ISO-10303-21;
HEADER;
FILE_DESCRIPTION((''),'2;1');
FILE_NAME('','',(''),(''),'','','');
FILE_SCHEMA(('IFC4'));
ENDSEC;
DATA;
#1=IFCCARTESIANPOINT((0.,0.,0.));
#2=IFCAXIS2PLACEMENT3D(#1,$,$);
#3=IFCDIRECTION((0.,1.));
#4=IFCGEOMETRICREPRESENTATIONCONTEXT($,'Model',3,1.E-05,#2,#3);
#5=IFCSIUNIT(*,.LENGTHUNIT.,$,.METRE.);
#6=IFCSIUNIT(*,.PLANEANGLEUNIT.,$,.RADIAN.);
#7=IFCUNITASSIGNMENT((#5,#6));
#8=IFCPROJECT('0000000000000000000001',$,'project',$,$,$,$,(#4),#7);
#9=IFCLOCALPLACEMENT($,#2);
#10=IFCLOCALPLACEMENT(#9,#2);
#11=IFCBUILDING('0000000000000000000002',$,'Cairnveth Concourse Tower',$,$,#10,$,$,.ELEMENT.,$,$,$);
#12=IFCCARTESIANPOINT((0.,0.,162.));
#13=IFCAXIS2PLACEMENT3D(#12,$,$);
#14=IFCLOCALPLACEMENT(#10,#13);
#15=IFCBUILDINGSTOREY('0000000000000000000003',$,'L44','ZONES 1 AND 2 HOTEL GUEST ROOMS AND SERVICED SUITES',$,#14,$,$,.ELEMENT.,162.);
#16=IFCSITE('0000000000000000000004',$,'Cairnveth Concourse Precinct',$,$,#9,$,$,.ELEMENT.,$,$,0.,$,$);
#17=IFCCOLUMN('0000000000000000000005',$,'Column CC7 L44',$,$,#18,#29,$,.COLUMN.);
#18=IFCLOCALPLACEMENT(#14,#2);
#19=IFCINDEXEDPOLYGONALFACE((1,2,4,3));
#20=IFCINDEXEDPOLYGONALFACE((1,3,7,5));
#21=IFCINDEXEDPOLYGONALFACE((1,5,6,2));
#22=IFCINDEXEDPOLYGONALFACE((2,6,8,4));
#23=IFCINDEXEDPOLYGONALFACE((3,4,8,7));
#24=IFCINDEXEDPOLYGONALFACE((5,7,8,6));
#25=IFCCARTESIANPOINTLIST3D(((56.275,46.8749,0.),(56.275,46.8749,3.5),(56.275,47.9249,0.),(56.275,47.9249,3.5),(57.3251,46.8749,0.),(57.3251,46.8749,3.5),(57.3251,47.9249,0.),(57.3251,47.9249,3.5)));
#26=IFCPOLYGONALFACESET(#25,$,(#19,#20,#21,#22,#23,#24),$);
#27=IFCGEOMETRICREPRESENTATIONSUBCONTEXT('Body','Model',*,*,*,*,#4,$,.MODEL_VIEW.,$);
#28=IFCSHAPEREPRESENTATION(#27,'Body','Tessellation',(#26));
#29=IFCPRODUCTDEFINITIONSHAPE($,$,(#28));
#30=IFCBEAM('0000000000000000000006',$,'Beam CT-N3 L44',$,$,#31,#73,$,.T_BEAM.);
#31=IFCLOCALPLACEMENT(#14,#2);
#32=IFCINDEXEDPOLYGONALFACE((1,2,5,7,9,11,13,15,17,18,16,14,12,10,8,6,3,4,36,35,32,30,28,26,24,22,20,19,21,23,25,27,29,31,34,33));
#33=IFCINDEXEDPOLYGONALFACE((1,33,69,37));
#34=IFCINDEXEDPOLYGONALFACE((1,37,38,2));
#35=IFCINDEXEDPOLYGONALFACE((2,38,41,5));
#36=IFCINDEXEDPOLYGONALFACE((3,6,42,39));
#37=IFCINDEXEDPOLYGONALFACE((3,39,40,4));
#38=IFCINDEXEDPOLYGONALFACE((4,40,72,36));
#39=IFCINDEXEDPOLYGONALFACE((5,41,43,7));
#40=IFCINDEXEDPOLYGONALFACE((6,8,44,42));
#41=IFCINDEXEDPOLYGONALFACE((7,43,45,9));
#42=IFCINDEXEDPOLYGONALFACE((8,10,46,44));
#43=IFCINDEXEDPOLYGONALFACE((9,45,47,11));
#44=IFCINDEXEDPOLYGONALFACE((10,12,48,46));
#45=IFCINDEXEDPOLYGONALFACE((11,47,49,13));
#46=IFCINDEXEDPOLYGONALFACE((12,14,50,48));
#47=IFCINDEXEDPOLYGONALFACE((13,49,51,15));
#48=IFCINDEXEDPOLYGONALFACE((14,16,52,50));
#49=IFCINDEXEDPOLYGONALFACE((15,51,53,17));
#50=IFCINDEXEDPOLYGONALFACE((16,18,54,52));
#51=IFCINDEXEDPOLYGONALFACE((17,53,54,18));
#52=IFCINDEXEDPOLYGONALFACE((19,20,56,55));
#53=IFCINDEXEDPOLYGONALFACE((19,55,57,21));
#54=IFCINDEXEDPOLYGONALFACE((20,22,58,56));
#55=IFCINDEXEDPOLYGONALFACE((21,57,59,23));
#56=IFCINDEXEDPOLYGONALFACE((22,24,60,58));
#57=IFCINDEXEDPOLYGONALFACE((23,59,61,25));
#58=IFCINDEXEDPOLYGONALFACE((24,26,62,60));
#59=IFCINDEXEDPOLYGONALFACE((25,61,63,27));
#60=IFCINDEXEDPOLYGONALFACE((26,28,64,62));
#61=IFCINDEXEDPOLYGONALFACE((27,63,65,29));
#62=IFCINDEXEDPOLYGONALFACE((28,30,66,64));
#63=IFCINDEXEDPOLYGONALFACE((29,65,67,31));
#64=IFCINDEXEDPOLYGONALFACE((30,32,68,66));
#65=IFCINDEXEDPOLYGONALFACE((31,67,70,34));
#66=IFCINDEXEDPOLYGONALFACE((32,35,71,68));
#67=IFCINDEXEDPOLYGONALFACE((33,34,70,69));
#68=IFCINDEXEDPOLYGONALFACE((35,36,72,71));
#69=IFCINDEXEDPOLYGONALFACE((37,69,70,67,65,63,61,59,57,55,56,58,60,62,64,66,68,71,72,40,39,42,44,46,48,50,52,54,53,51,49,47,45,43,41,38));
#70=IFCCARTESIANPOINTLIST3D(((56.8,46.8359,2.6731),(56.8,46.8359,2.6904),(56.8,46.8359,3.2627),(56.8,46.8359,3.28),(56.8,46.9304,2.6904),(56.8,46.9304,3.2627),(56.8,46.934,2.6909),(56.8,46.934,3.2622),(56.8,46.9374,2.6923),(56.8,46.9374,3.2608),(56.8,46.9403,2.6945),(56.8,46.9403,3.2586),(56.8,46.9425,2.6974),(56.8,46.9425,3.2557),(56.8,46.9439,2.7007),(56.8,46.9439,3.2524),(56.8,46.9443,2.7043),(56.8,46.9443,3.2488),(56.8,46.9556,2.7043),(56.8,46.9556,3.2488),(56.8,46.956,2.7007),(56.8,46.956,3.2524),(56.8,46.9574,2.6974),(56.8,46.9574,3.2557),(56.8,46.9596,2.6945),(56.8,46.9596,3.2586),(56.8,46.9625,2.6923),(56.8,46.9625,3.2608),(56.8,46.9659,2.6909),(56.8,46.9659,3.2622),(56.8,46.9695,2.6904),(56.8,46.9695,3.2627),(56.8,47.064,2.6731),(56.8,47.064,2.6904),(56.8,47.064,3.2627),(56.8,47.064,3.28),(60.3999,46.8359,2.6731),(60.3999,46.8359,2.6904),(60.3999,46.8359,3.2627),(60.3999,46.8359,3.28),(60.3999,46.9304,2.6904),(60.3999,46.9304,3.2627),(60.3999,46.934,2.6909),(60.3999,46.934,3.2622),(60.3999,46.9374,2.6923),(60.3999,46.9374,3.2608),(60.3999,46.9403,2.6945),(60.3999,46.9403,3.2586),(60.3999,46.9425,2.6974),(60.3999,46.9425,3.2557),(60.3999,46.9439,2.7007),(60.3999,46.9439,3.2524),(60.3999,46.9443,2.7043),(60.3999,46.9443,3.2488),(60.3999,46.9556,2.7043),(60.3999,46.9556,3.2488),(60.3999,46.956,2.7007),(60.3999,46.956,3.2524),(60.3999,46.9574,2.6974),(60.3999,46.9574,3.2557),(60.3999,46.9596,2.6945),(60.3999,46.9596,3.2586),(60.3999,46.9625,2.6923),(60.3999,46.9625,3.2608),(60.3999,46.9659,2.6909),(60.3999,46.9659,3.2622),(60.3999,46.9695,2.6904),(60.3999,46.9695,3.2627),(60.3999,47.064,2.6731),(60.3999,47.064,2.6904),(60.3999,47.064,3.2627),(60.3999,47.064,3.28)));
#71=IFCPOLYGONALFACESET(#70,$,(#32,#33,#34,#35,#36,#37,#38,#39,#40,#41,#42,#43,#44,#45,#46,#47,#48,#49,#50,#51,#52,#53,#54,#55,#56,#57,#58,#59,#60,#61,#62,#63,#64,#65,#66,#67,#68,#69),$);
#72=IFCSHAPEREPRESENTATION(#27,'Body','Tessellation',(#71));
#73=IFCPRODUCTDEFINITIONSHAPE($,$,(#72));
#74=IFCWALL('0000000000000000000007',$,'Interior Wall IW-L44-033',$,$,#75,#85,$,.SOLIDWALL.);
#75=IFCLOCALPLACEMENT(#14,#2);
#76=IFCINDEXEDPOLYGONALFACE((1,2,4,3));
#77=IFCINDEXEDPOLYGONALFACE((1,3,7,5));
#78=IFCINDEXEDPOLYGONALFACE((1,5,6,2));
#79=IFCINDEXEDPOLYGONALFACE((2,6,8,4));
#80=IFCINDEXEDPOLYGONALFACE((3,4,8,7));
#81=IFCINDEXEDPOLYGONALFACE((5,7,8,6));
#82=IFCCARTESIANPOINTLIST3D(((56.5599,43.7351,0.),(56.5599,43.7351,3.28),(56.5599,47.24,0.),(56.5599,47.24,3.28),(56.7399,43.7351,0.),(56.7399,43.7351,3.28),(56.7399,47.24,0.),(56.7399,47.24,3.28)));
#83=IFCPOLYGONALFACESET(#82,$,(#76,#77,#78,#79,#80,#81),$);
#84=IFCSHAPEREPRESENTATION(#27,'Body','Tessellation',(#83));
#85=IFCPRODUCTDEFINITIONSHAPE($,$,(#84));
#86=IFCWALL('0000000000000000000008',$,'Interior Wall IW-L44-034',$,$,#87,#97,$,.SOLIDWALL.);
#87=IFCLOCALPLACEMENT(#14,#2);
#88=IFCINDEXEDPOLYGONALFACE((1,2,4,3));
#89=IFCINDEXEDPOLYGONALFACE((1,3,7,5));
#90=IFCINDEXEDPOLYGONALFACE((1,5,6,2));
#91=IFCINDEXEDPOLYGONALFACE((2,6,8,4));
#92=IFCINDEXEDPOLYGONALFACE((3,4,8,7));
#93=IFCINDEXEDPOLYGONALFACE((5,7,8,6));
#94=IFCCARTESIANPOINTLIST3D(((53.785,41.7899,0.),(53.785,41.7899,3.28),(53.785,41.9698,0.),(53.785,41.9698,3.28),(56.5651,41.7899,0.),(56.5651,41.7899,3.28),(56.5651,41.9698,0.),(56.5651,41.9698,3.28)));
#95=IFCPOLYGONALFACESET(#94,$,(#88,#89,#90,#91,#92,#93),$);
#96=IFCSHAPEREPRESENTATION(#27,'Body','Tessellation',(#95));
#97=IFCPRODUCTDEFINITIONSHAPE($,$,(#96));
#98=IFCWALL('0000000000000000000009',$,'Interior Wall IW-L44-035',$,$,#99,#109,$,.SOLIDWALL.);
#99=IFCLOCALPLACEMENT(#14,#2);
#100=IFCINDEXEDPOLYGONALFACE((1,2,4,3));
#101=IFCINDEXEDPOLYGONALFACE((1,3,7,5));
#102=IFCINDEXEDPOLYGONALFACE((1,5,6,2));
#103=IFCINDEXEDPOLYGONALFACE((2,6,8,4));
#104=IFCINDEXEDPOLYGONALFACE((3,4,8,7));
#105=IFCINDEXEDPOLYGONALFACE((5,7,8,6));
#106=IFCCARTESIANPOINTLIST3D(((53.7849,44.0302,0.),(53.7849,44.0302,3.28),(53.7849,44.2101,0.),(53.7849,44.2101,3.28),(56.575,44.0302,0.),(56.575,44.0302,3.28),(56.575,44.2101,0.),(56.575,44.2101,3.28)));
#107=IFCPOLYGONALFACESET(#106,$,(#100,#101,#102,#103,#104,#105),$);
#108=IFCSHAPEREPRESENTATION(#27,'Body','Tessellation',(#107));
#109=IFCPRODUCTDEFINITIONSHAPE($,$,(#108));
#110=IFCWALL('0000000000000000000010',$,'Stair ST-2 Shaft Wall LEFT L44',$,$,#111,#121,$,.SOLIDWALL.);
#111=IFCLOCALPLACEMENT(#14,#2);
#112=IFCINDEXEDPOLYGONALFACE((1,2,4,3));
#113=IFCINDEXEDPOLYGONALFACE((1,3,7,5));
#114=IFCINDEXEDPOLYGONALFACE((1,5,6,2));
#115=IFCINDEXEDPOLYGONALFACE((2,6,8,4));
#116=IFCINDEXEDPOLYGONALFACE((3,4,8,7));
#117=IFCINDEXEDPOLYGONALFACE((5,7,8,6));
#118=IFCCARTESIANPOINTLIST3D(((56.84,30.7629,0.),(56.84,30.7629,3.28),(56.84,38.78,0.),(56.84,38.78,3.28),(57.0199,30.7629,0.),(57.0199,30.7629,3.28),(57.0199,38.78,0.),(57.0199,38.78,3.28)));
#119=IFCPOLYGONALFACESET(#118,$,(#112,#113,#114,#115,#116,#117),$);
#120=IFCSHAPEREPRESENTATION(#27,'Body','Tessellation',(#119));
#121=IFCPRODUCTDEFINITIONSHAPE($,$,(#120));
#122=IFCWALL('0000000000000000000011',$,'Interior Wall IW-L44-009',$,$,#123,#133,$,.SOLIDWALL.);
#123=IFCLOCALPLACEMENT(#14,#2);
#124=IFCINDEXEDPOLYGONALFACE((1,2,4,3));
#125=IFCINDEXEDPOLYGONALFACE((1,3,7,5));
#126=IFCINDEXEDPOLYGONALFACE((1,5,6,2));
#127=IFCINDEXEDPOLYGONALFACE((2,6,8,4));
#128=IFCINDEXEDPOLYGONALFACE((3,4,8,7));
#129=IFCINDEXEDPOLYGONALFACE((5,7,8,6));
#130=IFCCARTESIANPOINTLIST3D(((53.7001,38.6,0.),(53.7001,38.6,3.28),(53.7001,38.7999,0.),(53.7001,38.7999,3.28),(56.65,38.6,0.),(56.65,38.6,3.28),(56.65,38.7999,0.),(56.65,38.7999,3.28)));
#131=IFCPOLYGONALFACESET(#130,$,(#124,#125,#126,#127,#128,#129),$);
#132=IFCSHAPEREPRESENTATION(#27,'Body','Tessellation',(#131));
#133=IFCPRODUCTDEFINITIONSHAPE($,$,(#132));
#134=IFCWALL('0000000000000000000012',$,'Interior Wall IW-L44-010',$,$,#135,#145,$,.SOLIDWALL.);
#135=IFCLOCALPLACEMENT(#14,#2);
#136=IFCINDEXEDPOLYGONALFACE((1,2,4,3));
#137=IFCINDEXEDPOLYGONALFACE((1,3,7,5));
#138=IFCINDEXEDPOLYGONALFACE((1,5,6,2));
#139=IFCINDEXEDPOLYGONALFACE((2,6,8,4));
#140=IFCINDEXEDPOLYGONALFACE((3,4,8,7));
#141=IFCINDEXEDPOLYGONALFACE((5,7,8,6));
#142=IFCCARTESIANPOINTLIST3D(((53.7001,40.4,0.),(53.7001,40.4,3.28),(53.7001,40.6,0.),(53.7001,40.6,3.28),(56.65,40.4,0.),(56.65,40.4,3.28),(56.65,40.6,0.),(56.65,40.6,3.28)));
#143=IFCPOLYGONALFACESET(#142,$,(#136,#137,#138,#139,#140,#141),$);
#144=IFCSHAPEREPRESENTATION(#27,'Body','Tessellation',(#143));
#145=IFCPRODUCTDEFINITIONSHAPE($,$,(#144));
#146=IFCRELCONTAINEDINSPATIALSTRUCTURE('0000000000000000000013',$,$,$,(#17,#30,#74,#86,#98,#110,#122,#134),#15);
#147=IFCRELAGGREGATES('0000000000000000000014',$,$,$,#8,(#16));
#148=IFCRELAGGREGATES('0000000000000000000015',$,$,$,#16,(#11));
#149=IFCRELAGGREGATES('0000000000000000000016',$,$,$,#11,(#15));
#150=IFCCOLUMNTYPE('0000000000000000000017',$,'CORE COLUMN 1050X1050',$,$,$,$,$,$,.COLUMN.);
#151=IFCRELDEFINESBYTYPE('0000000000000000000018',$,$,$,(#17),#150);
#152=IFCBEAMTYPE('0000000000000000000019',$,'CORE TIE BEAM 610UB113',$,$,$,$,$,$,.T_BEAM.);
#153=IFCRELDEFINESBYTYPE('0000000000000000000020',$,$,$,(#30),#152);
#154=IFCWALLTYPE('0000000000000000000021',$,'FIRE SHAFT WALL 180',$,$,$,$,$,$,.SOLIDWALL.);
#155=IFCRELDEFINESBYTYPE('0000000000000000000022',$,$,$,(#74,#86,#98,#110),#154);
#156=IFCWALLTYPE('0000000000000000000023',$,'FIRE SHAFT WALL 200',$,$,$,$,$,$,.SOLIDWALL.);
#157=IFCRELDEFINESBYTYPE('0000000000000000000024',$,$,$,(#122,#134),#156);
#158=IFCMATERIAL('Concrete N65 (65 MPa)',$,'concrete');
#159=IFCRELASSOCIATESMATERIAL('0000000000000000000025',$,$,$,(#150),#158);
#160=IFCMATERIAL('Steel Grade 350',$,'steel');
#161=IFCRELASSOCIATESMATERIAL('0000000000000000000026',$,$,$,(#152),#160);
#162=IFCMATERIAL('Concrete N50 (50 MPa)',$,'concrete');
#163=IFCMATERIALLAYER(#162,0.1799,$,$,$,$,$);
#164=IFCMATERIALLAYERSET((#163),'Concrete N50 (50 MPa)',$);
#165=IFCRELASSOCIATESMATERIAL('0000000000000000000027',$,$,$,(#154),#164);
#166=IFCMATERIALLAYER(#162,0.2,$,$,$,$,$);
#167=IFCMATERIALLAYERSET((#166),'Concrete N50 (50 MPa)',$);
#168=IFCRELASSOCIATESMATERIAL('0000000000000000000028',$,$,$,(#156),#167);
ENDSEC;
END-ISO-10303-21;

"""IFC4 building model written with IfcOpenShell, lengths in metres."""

from ifc_helpers import new_model, si_unit, direction, frame, frame_2d, origin, origin_2d, place, context, subcontext, project, spatial, rectangle, i_section, extrude, material, layer, layer_set, material_profile, profile_set, type_object, element, save


model = new_model("IFC4")

# Units and contexts
model_context = context("Model", 3, precision=1e-05, world=origin(), true_north=direction((0.0, 1.0)))
body_context = subcontext(model_context, "Body", "Model", "MODEL_VIEW")
ifc_project = project(units=[si_unit("LENGTHUNIT", "METRE"), si_unit("PLANEANGLEUNIT", "RADIAN")], contexts=[model_context])

# Site, building, storey
site_placement = place(None, origin())
site = spatial("IfcSite", under=ifc_project, at=site_placement, Name="Cairnveth Concourse Precinct", CompositionType="ELEMENT", RefElevation=0.0)
building_placement = place(site_placement, origin())
building = spatial("IfcBuilding", under=site, at=building_placement, Name="Cairnveth Concourse Tower", CompositionType="ELEMENT")
storey_placement = place(building_placement, frame((0.0, 0.0, 162.0)))
storey = spatial("IfcBuildingStorey", under=building, at=storey_placement, Name="L44", Description="ZONES 1 AND 2 HOTEL GUEST ROOMS AND SERVICED SUITES", CompositionType="ELEMENT", Elevation=162.0)

# Column
ifc_material_1 = material(Name="Concrete N65 (65 MPa)", Category="concrete")
ifc_material_profile_1 = material_profile(ifc_material_1, rectangle(XDim=1.05, YDim=1.05, at=origin_2d()), Name="RC-COL-1050x1050")
ifc_profile_set_1 = profile_set([ifc_material_profile_1], Name="Concrete N65 (65 MPa)")
column_type = type_object("IfcColumnType", Name="CORE COLUMN 1050X1050", PredefinedType="COLUMN", material=ifc_profile_set_1)
column_placement = place(storey_placement, frame((56.8, 47.3999, 0.0), z_axis=(0.0, 0.0, 1.0), x_axis=(1.0, 0.0, 0.0)))
element("IfcColumn", 1, at=column_placement, inside=storey, type_object=column_type, Name="Column CC7 L44", PredefinedType="COLUMN", context=body_context, shape_type="SweptSolid", body=[
    extrude(rectangle(XDim=1.05, YDim=1.05, at=origin_2d()), origin(), (0.0, 0.0, 1.0), 3.5),
])

# Beam
ifc_material_2 = material(Name="Steel Grade 350", Category="steel")
ifc_material_profile_2 = material_profile(ifc_material_2, i_section(OverallWidth=0.228, OverallDepth=0.6069, WebThickness=0.0112, FlangeThickness=0.0173, FilletRadius=0.0139, at=origin_2d()), Name="610UB113")
ifc_profile_set_2 = profile_set([ifc_material_profile_2], Name="Steel Grade 350")
beam_type = type_object("IfcBeamType", Name="CORE TIE BEAM 610UB113", PredefinedType="T_BEAM", material=ifc_profile_set_2)
beam_placement = place(storey_placement, frame((56.8, 46.95, 2.9766), z_axis=(1.0, 0.0, 0.0), x_axis=(0.0, 1.0, 0.0)))
element("IfcBeam", 2, at=beam_placement, inside=storey, type_object=beam_type, Name="Beam CT-N3 L44", PredefinedType="T_BEAM", context=body_context, shape_type="SweptSolid", body=[
    extrude(i_section(OverallWidth=0.228, OverallDepth=0.6069, WebThickness=0.0112, FlangeThickness=0.0173, FilletRadius=0.0139, at=origin_2d()), origin(), (0.0, 0.0, 1.0), 3.5999),
])

# Walls
ifc_material_3 = material(Name="Concrete N50 (50 MPa)", Category="concrete")
ifc_layer_1 = layer(ifc_material_3, 0.1799)
ifc_layer_set_1 = layer_set([ifc_layer_1], Name="Concrete N50 (50 MPa)")
wall_type_1 = type_object("IfcWallType", Name="FIRE SHAFT WALL 180", PredefinedType="SOLIDWALL", material=ifc_layer_set_1)
wall_1_placement = place(storey_placement, frame((56.6499, 43.7351, 0.0), z_axis=(0.0, 0.0, 1.0), x_axis=(0.0, 1.0, 0.0)))
element("IfcWall", 3, at=wall_1_placement, inside=storey, type_object=wall_type_1, Name="Interior Wall IW-L44-033", PredefinedType="SOLIDWALL", context=body_context, shape_type="SweptSolid", body=[
    extrude(rectangle(XDim=3.5049, YDim=0.1799, at=frame_2d((1.7524, 0.0))), origin(), (0.0, 0.0, 1.0), 3.28),
])
wall_2_placement = place(storey_placement, frame((53.7849, 41.8799, 0.0), z_axis=(0.0, 0.0, 1.0), x_axis=(1.0, 0.0, 0.0)))
element("IfcWall", 4, at=wall_2_placement, inside=storey, type_object=wall_type_1, Name="Interior Wall IW-L44-034", PredefinedType="SOLIDWALL", context=body_context, shape_type="SweptSolid", body=[
    extrude(rectangle(XDim=2.78, YDim=0.1799, at=frame_2d((1.3901, 0.0))), origin(), (0.0, 0.0, 1.0), 3.28),
])
wall_3_placement = place(storey_placement, frame((53.7849, 44.1201, 0.0), z_axis=(0.0, 0.0, 1.0), x_axis=(1.0, 0.0, 0.0)))
element("IfcWall", 5, at=wall_3_placement, inside=storey, type_object=wall_type_1, Name="Interior Wall IW-L44-035", PredefinedType="SOLIDWALL", context=body_context, shape_type="SweptSolid", body=[
    extrude(rectangle(XDim=2.79, YDim=0.1799, at=frame_2d((1.395, 0.0))), origin(), (0.0, 0.0, 1.0), 3.28),
])

# Walls
wall_4_placement = place(storey_placement, frame((56.9299, 38.78, 0.0), z_axis=(0.0, 0.0, 1.0), x_axis=(0.0, -1.0, 0.0)))
element("IfcWall", 6, at=wall_4_placement, inside=storey, type_object=wall_type_1, Name="Stair ST-2 Shaft Wall LEFT L44", PredefinedType="SOLIDWALL", context=body_context, shape_type="SweptSolid", body=[
    extrude(rectangle(XDim=8.0171, YDim=0.1799, at=frame_2d((4.0085, 0.0))), origin(), (0.0, 0.0, 1.0), 3.28),
])
ifc_layer_2 = layer(ifc_material_3, 0.2)
ifc_layer_set_2 = layer_set([ifc_layer_2], Name="Concrete N50 (50 MPa)")
wall_type_2 = type_object("IfcWallType", Name="FIRE SHAFT WALL 200", PredefinedType="SOLIDWALL", material=ifc_layer_set_2)
for number, where, z_axis, x_axis, name in (
    (7, (53.7, 38.7, 0.0), (0.0, 0.0, 1.0), (1.0, 0.0, 0.0), "Interior Wall IW-L44-009"),
    (8, (53.7, 40.5, 0.0), (0.0, 0.0, 1.0), (1.0, 0.0, 0.0), "Interior Wall IW-L44-010"),
):
    element("IfcWall", number, at=place(storey_placement, frame(where, z_axis=z_axis, x_axis=x_axis)), inside=storey, type_object=wall_type_2, Name=name, PredefinedType="SOLIDWALL", context=body_context, shape_type="SweptSolid", body=[
        extrude(rectangle(XDim=2.95, YDim=0.2, at=frame_2d((1.4751, 0.0))), origin(), (0.0, 0.0, 1.0), 3.28),
    ])

save(model, "model.ifc")
